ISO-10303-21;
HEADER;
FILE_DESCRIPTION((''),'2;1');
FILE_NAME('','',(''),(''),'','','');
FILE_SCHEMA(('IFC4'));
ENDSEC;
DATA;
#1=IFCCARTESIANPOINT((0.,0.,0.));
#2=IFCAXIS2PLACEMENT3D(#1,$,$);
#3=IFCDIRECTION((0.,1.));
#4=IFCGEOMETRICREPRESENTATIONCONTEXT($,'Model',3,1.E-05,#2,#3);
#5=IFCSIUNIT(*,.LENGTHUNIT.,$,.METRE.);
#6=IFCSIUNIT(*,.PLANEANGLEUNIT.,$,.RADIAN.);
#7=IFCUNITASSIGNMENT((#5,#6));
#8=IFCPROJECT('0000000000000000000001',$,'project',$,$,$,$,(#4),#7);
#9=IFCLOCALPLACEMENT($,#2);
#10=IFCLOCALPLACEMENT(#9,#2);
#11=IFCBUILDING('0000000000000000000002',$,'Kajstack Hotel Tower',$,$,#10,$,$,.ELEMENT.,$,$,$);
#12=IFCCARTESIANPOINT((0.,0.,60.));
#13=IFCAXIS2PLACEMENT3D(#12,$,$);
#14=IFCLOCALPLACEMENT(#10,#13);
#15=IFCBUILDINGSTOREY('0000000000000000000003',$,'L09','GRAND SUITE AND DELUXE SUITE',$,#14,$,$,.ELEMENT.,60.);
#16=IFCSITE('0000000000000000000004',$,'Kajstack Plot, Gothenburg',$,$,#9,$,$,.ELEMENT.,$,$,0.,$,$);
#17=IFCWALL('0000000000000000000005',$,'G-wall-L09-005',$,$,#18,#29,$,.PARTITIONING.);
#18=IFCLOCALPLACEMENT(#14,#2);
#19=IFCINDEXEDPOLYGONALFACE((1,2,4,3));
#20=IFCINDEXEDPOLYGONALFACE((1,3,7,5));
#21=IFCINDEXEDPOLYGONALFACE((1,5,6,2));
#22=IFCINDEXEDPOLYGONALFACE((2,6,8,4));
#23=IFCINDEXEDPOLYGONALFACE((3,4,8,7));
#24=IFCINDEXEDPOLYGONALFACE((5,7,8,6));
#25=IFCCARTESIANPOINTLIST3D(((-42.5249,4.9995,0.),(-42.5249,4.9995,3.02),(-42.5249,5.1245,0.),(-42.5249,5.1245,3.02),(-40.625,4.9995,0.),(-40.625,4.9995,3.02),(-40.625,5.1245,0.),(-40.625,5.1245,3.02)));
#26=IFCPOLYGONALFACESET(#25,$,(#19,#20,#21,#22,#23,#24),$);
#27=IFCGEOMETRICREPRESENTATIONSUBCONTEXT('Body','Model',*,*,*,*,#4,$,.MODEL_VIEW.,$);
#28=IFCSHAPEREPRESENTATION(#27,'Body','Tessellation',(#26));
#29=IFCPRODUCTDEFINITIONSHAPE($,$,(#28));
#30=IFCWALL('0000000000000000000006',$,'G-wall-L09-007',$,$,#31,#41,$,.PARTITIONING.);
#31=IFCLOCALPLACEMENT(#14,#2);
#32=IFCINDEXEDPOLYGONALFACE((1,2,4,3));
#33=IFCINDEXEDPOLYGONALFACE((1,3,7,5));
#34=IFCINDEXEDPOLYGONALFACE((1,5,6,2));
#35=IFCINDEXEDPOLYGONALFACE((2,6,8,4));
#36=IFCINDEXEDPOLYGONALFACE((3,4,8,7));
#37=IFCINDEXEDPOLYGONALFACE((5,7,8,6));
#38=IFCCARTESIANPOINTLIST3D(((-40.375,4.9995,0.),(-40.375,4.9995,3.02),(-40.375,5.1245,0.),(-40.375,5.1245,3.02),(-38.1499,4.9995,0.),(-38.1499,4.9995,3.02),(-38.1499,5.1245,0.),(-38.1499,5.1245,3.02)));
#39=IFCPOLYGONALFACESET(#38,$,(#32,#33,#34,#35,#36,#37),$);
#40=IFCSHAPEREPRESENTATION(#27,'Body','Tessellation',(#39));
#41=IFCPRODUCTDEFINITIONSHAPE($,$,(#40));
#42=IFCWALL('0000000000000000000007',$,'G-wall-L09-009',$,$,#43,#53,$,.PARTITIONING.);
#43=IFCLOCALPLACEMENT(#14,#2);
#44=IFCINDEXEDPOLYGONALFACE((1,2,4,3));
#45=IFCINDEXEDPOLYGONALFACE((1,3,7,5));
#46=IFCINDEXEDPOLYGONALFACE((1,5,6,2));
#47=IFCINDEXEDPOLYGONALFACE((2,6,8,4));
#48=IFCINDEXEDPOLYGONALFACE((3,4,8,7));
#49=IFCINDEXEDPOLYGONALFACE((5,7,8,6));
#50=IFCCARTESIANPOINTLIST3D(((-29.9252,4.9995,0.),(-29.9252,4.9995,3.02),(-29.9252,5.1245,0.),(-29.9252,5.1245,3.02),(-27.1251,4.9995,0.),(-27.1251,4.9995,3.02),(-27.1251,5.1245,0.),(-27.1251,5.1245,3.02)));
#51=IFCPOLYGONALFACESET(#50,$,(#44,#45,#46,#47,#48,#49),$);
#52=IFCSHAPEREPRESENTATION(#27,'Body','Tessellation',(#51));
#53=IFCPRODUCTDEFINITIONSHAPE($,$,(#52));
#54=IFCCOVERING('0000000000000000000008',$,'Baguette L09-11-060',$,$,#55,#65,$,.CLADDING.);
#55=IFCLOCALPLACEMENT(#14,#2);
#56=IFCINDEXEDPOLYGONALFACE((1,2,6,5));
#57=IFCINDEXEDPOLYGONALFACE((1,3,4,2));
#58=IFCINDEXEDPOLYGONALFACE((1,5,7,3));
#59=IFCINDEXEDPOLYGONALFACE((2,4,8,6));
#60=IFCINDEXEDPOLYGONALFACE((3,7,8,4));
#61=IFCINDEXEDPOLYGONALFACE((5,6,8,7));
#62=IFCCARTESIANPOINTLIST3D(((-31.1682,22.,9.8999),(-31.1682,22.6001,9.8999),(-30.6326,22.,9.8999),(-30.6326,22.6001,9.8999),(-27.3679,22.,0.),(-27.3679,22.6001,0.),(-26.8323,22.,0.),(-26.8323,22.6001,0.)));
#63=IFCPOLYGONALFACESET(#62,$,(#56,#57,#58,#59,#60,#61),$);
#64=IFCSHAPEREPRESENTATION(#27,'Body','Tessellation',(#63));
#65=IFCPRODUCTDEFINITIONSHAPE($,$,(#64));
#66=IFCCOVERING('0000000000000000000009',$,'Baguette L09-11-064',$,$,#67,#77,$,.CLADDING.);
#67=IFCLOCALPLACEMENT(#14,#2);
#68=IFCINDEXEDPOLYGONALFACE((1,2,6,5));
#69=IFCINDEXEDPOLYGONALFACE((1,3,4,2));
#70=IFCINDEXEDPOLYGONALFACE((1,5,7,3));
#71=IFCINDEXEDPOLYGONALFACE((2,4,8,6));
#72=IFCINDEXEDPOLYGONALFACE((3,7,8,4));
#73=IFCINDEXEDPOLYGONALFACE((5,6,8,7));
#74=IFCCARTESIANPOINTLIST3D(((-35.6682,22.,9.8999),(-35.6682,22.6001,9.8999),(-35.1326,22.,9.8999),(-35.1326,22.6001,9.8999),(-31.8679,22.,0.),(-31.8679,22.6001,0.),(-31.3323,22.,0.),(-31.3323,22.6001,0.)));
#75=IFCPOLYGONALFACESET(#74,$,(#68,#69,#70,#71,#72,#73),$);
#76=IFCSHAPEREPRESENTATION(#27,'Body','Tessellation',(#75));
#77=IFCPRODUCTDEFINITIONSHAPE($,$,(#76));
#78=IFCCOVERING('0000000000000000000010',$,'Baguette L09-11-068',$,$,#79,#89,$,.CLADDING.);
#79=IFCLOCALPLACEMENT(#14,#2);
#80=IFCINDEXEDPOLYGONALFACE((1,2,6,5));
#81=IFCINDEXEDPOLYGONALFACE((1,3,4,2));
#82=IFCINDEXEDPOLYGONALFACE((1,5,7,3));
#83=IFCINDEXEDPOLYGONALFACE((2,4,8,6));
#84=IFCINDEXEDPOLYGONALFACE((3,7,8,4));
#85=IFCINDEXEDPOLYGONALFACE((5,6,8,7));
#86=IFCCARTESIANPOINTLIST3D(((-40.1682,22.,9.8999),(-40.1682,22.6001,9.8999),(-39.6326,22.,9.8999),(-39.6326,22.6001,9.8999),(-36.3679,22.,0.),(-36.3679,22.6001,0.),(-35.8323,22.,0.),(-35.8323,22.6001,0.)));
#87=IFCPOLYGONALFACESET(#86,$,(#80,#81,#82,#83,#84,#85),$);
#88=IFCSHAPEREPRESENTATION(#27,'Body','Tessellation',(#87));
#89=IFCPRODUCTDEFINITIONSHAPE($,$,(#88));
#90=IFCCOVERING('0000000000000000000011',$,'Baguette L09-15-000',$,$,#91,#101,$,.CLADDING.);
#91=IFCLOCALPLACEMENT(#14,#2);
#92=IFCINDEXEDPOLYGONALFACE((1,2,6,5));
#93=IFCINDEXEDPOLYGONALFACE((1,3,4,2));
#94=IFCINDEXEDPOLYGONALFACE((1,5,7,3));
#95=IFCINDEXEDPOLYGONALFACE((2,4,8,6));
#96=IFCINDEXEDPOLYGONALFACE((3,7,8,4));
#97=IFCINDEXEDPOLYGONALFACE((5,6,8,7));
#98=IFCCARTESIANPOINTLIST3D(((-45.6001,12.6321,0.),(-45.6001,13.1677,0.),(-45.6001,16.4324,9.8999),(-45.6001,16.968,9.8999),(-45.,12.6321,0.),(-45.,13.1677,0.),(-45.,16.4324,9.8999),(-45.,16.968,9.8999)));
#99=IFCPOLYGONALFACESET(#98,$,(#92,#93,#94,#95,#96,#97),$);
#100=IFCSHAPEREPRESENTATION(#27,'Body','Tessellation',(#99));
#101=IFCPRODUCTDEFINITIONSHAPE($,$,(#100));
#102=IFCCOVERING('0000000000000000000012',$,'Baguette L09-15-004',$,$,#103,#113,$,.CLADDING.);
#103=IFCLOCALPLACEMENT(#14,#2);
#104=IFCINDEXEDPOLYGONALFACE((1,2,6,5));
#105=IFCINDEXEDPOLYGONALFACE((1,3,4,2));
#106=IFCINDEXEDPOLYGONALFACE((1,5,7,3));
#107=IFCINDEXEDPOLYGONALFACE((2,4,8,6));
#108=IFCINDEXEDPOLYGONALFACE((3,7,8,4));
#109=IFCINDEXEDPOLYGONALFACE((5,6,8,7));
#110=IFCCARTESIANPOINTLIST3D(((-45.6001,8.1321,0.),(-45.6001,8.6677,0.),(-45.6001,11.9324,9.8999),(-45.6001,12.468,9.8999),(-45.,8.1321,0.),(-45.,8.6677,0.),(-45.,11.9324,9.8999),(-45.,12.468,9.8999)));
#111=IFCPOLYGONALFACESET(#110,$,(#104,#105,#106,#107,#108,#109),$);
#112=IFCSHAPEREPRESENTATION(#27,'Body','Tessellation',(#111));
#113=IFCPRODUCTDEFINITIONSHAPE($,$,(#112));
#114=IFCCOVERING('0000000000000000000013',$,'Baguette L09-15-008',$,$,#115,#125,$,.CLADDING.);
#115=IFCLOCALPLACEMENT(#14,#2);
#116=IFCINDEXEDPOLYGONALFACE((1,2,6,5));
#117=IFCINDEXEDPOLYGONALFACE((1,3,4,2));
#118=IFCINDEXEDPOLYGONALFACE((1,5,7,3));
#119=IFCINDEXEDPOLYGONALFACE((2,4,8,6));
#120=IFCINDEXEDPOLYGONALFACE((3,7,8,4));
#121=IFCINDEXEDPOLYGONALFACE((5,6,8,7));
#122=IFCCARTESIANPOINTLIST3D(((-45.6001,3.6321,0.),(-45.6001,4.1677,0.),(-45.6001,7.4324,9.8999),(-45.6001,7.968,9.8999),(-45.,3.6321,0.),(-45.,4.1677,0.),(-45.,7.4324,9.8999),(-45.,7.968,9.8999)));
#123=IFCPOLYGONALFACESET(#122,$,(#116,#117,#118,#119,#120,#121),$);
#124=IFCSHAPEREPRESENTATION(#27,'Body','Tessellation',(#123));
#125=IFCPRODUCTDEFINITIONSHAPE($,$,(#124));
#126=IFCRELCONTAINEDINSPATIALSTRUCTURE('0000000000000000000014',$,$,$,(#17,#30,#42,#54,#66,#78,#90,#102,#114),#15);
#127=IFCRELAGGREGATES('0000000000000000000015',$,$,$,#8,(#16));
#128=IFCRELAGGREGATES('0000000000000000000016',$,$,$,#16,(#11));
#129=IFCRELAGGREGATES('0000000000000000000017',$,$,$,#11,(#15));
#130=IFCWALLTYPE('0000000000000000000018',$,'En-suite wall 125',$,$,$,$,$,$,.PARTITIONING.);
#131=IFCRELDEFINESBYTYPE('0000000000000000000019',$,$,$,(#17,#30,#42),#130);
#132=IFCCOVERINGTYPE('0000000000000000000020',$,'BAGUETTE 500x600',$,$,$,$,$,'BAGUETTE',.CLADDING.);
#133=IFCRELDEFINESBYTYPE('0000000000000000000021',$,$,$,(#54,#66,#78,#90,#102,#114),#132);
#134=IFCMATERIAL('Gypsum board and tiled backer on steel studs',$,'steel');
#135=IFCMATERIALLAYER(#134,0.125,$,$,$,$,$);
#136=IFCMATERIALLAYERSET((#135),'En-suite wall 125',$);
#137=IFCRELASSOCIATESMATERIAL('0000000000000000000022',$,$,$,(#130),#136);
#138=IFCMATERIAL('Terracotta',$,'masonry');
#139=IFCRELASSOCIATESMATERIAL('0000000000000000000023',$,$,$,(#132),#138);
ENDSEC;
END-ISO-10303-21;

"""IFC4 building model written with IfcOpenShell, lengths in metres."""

from ifc_helpers import new_model, si_unit, direction, frame, frame_2d, origin, origin_2d, place, context, subcontext, project, spatial, polyline, rectangle, outline, extrude, material, layer, layer_set, material_profile, profile_set, type_object, element, save


model = new_model("IFC4")

# Units and contexts
model_context = context("Model", 3, precision=1e-05, world=origin(), true_north=direction((0.0, 1.0)))
body_context = subcontext(model_context, "Body", "Model", "MODEL_VIEW")
ifc_project = project(units=[si_unit("LENGTHUNIT", "METRE"), si_unit("PLANEANGLEUNIT", "RADIAN")], contexts=[model_context])

# Site, building, storey
site_placement = place(None, origin())
site = spatial("IfcSite", under=ifc_project, at=site_placement, Name="Kajstack Plot, Gothenburg", CompositionType="ELEMENT", RefElevation=0.0)
building_placement = place(site_placement, origin())
building = spatial("IfcBuilding", under=site, at=building_placement, Name="Kajstack Hotel Tower", CompositionType="ELEMENT")
storey_placement = place(building_placement, frame((0.0, 0.0, 60.0)))
storey = spatial("IfcBuildingStorey", under=building, at=storey_placement, Name="L09", Description="GRAND SUITE AND DELUXE SUITE", CompositionType="ELEMENT", Elevation=60.0)

# Walls
ifc_material_1 = material(Name="Gypsum board and tiled backer on steel studs", Category="steel")
ifc_layer_1 = layer(ifc_material_1, 0.125)
ifc_layer_set_1 = layer_set([ifc_layer_1], Name="En-suite wall 125")
wall_type_1 = type_object("IfcWallType", Name="En-suite wall 125", PredefinedType="PARTITIONING", material=ifc_layer_set_1)
wall_1_placement = place(storey_placement, frame((-42.5249, 5.062, 0.0), z_axis=(0.0, 0.0, 1.0), x_axis=(1.0, 0.0, 0.0)))
element("IfcWall", 1, at=wall_1_placement, inside=storey, type_object=wall_type_1, Name="G-wall-L09-005", PredefinedType="PARTITIONING", context=body_context, shape_type="SweptSolid", body=[
    extrude(rectangle(XDim=1.8999, YDim=0.125, at=frame_2d((0.95, 0.0))), origin(), (0.0, 0.0, 1.0), 3.02),
])
wall_2_placement = place(storey_placement, frame((-40.375, 5.062, 0.0), z_axis=(0.0, 0.0, 1.0), x_axis=(1.0, 0.0, 0.0)))
element("IfcWall", 2, at=wall_2_placement, inside=storey, type_object=wall_type_1, Name="G-wall-L09-007", PredefinedType="PARTITIONING", context=body_context, shape_type="SweptSolid", body=[
    extrude(rectangle(XDim=2.2251, YDim=0.125, at=frame_2d((1.1125, 0.0))), origin(), (0.0, 0.0, 1.0), 3.02),
])
wall_3_placement = place(storey_placement, frame((-29.925, 5.062, 0.0), z_axis=(0.0, 0.0, 1.0), x_axis=(1.0, 0.0, 0.0)))
element("IfcWall", 3, at=wall_3_placement, inside=storey, type_object=wall_type_1, Name="G-wall-L09-009", PredefinedType="PARTITIONING", context=body_context, shape_type="SweptSolid", body=[
    extrude(rectangle(XDim=2.8, YDim=0.125, at=frame_2d((1.3999, 0.0))), origin(), (0.0, 0.0, 1.0), 3.02),
])

# Coverings
ifc_material_2 = material(Name="Terracotta", Category="masonry")
ifc_material_profile = material_profile(ifc_material_2, rectangle(XDim=0.6001, YDim=0.5, at=origin_2d()), Name="Terracotta-clad concrete baguette 500 x 600")
ifc_profile_set = profile_set([ifc_material_profile], Name="Terracotta")
covering_type = type_object("IfcCoveringType", Name="BAGUETTE 500x600", ElementType="BAGUETTE", PredefinedType="CLADDING", material=ifc_profile_set)
for number, where, z_axis, x_axis, name in (
    (4, (-26.8323, 22.0, 0.0), (0.0, 1.0, 0.0), (-1.0, 0.0, 0.0), "Baguette L09-11-060"),
    (5, (-31.3323, 22.0, 0.0), (0.0, 1.0, 0.0), (-1.0, 0.0, 0.0), "Baguette L09-11-064"),
    (6, (-35.8323, 22.0, 0.0), (0.0, 1.0, 0.0), (-1.0, 0.0, 0.0), "Baguette L09-11-068"),
):
    element("IfcCovering", number, at=place(storey_placement, frame(where, z_axis=z_axis, x_axis=x_axis)), inside=storey, type_object=covering_type, Name=name, PredefinedType="CLADDING", context=body_context, shape_type="SweptSolid", body=[
        extrude(outline(polyline([(3.8003, 9.8999), (0.0, 0.0), (0.5356, 0.0), (4.3359, 9.8999), (3.8003, 9.8999)])), origin(), (0.0, 0.0, 1.0), 0.6001),
    ])
for number, where, z_axis, x_axis, name in (
    (7, (-45.0, 16.968, 0.0), (-1.0, 0.0, 0.0), (0.0, -1.0, 0.0), "Baguette L09-15-000"),
    (8, (-45.0, 12.468, 0.0), (-1.0, 0.0, 0.0), (0.0, -1.0, 0.0), "Baguette L09-15-004"),
    (9, (-45.0, 7.968, 0.0), (-1.0, 0.0, 0.0), (0.0, -1.0, 0.0), "Baguette L09-15-008"),
):
    element("IfcCovering", number, at=place(storey_placement, frame(where, z_axis=z_axis, x_axis=x_axis)), inside=storey, type_object=covering_type, Name=name, PredefinedType="CLADDING", context=body_context, shape_type="SweptSolid", body=[
        extrude(outline(polyline([(0.0, 9.8999), (3.8003, 0.0), (4.3359, 0.0), (0.5356, 9.8999), (0.0, 9.8999)])), origin(), (0.0, 0.0, 1.0), 0.6001),
    ])

save(model, "model.ifc")
